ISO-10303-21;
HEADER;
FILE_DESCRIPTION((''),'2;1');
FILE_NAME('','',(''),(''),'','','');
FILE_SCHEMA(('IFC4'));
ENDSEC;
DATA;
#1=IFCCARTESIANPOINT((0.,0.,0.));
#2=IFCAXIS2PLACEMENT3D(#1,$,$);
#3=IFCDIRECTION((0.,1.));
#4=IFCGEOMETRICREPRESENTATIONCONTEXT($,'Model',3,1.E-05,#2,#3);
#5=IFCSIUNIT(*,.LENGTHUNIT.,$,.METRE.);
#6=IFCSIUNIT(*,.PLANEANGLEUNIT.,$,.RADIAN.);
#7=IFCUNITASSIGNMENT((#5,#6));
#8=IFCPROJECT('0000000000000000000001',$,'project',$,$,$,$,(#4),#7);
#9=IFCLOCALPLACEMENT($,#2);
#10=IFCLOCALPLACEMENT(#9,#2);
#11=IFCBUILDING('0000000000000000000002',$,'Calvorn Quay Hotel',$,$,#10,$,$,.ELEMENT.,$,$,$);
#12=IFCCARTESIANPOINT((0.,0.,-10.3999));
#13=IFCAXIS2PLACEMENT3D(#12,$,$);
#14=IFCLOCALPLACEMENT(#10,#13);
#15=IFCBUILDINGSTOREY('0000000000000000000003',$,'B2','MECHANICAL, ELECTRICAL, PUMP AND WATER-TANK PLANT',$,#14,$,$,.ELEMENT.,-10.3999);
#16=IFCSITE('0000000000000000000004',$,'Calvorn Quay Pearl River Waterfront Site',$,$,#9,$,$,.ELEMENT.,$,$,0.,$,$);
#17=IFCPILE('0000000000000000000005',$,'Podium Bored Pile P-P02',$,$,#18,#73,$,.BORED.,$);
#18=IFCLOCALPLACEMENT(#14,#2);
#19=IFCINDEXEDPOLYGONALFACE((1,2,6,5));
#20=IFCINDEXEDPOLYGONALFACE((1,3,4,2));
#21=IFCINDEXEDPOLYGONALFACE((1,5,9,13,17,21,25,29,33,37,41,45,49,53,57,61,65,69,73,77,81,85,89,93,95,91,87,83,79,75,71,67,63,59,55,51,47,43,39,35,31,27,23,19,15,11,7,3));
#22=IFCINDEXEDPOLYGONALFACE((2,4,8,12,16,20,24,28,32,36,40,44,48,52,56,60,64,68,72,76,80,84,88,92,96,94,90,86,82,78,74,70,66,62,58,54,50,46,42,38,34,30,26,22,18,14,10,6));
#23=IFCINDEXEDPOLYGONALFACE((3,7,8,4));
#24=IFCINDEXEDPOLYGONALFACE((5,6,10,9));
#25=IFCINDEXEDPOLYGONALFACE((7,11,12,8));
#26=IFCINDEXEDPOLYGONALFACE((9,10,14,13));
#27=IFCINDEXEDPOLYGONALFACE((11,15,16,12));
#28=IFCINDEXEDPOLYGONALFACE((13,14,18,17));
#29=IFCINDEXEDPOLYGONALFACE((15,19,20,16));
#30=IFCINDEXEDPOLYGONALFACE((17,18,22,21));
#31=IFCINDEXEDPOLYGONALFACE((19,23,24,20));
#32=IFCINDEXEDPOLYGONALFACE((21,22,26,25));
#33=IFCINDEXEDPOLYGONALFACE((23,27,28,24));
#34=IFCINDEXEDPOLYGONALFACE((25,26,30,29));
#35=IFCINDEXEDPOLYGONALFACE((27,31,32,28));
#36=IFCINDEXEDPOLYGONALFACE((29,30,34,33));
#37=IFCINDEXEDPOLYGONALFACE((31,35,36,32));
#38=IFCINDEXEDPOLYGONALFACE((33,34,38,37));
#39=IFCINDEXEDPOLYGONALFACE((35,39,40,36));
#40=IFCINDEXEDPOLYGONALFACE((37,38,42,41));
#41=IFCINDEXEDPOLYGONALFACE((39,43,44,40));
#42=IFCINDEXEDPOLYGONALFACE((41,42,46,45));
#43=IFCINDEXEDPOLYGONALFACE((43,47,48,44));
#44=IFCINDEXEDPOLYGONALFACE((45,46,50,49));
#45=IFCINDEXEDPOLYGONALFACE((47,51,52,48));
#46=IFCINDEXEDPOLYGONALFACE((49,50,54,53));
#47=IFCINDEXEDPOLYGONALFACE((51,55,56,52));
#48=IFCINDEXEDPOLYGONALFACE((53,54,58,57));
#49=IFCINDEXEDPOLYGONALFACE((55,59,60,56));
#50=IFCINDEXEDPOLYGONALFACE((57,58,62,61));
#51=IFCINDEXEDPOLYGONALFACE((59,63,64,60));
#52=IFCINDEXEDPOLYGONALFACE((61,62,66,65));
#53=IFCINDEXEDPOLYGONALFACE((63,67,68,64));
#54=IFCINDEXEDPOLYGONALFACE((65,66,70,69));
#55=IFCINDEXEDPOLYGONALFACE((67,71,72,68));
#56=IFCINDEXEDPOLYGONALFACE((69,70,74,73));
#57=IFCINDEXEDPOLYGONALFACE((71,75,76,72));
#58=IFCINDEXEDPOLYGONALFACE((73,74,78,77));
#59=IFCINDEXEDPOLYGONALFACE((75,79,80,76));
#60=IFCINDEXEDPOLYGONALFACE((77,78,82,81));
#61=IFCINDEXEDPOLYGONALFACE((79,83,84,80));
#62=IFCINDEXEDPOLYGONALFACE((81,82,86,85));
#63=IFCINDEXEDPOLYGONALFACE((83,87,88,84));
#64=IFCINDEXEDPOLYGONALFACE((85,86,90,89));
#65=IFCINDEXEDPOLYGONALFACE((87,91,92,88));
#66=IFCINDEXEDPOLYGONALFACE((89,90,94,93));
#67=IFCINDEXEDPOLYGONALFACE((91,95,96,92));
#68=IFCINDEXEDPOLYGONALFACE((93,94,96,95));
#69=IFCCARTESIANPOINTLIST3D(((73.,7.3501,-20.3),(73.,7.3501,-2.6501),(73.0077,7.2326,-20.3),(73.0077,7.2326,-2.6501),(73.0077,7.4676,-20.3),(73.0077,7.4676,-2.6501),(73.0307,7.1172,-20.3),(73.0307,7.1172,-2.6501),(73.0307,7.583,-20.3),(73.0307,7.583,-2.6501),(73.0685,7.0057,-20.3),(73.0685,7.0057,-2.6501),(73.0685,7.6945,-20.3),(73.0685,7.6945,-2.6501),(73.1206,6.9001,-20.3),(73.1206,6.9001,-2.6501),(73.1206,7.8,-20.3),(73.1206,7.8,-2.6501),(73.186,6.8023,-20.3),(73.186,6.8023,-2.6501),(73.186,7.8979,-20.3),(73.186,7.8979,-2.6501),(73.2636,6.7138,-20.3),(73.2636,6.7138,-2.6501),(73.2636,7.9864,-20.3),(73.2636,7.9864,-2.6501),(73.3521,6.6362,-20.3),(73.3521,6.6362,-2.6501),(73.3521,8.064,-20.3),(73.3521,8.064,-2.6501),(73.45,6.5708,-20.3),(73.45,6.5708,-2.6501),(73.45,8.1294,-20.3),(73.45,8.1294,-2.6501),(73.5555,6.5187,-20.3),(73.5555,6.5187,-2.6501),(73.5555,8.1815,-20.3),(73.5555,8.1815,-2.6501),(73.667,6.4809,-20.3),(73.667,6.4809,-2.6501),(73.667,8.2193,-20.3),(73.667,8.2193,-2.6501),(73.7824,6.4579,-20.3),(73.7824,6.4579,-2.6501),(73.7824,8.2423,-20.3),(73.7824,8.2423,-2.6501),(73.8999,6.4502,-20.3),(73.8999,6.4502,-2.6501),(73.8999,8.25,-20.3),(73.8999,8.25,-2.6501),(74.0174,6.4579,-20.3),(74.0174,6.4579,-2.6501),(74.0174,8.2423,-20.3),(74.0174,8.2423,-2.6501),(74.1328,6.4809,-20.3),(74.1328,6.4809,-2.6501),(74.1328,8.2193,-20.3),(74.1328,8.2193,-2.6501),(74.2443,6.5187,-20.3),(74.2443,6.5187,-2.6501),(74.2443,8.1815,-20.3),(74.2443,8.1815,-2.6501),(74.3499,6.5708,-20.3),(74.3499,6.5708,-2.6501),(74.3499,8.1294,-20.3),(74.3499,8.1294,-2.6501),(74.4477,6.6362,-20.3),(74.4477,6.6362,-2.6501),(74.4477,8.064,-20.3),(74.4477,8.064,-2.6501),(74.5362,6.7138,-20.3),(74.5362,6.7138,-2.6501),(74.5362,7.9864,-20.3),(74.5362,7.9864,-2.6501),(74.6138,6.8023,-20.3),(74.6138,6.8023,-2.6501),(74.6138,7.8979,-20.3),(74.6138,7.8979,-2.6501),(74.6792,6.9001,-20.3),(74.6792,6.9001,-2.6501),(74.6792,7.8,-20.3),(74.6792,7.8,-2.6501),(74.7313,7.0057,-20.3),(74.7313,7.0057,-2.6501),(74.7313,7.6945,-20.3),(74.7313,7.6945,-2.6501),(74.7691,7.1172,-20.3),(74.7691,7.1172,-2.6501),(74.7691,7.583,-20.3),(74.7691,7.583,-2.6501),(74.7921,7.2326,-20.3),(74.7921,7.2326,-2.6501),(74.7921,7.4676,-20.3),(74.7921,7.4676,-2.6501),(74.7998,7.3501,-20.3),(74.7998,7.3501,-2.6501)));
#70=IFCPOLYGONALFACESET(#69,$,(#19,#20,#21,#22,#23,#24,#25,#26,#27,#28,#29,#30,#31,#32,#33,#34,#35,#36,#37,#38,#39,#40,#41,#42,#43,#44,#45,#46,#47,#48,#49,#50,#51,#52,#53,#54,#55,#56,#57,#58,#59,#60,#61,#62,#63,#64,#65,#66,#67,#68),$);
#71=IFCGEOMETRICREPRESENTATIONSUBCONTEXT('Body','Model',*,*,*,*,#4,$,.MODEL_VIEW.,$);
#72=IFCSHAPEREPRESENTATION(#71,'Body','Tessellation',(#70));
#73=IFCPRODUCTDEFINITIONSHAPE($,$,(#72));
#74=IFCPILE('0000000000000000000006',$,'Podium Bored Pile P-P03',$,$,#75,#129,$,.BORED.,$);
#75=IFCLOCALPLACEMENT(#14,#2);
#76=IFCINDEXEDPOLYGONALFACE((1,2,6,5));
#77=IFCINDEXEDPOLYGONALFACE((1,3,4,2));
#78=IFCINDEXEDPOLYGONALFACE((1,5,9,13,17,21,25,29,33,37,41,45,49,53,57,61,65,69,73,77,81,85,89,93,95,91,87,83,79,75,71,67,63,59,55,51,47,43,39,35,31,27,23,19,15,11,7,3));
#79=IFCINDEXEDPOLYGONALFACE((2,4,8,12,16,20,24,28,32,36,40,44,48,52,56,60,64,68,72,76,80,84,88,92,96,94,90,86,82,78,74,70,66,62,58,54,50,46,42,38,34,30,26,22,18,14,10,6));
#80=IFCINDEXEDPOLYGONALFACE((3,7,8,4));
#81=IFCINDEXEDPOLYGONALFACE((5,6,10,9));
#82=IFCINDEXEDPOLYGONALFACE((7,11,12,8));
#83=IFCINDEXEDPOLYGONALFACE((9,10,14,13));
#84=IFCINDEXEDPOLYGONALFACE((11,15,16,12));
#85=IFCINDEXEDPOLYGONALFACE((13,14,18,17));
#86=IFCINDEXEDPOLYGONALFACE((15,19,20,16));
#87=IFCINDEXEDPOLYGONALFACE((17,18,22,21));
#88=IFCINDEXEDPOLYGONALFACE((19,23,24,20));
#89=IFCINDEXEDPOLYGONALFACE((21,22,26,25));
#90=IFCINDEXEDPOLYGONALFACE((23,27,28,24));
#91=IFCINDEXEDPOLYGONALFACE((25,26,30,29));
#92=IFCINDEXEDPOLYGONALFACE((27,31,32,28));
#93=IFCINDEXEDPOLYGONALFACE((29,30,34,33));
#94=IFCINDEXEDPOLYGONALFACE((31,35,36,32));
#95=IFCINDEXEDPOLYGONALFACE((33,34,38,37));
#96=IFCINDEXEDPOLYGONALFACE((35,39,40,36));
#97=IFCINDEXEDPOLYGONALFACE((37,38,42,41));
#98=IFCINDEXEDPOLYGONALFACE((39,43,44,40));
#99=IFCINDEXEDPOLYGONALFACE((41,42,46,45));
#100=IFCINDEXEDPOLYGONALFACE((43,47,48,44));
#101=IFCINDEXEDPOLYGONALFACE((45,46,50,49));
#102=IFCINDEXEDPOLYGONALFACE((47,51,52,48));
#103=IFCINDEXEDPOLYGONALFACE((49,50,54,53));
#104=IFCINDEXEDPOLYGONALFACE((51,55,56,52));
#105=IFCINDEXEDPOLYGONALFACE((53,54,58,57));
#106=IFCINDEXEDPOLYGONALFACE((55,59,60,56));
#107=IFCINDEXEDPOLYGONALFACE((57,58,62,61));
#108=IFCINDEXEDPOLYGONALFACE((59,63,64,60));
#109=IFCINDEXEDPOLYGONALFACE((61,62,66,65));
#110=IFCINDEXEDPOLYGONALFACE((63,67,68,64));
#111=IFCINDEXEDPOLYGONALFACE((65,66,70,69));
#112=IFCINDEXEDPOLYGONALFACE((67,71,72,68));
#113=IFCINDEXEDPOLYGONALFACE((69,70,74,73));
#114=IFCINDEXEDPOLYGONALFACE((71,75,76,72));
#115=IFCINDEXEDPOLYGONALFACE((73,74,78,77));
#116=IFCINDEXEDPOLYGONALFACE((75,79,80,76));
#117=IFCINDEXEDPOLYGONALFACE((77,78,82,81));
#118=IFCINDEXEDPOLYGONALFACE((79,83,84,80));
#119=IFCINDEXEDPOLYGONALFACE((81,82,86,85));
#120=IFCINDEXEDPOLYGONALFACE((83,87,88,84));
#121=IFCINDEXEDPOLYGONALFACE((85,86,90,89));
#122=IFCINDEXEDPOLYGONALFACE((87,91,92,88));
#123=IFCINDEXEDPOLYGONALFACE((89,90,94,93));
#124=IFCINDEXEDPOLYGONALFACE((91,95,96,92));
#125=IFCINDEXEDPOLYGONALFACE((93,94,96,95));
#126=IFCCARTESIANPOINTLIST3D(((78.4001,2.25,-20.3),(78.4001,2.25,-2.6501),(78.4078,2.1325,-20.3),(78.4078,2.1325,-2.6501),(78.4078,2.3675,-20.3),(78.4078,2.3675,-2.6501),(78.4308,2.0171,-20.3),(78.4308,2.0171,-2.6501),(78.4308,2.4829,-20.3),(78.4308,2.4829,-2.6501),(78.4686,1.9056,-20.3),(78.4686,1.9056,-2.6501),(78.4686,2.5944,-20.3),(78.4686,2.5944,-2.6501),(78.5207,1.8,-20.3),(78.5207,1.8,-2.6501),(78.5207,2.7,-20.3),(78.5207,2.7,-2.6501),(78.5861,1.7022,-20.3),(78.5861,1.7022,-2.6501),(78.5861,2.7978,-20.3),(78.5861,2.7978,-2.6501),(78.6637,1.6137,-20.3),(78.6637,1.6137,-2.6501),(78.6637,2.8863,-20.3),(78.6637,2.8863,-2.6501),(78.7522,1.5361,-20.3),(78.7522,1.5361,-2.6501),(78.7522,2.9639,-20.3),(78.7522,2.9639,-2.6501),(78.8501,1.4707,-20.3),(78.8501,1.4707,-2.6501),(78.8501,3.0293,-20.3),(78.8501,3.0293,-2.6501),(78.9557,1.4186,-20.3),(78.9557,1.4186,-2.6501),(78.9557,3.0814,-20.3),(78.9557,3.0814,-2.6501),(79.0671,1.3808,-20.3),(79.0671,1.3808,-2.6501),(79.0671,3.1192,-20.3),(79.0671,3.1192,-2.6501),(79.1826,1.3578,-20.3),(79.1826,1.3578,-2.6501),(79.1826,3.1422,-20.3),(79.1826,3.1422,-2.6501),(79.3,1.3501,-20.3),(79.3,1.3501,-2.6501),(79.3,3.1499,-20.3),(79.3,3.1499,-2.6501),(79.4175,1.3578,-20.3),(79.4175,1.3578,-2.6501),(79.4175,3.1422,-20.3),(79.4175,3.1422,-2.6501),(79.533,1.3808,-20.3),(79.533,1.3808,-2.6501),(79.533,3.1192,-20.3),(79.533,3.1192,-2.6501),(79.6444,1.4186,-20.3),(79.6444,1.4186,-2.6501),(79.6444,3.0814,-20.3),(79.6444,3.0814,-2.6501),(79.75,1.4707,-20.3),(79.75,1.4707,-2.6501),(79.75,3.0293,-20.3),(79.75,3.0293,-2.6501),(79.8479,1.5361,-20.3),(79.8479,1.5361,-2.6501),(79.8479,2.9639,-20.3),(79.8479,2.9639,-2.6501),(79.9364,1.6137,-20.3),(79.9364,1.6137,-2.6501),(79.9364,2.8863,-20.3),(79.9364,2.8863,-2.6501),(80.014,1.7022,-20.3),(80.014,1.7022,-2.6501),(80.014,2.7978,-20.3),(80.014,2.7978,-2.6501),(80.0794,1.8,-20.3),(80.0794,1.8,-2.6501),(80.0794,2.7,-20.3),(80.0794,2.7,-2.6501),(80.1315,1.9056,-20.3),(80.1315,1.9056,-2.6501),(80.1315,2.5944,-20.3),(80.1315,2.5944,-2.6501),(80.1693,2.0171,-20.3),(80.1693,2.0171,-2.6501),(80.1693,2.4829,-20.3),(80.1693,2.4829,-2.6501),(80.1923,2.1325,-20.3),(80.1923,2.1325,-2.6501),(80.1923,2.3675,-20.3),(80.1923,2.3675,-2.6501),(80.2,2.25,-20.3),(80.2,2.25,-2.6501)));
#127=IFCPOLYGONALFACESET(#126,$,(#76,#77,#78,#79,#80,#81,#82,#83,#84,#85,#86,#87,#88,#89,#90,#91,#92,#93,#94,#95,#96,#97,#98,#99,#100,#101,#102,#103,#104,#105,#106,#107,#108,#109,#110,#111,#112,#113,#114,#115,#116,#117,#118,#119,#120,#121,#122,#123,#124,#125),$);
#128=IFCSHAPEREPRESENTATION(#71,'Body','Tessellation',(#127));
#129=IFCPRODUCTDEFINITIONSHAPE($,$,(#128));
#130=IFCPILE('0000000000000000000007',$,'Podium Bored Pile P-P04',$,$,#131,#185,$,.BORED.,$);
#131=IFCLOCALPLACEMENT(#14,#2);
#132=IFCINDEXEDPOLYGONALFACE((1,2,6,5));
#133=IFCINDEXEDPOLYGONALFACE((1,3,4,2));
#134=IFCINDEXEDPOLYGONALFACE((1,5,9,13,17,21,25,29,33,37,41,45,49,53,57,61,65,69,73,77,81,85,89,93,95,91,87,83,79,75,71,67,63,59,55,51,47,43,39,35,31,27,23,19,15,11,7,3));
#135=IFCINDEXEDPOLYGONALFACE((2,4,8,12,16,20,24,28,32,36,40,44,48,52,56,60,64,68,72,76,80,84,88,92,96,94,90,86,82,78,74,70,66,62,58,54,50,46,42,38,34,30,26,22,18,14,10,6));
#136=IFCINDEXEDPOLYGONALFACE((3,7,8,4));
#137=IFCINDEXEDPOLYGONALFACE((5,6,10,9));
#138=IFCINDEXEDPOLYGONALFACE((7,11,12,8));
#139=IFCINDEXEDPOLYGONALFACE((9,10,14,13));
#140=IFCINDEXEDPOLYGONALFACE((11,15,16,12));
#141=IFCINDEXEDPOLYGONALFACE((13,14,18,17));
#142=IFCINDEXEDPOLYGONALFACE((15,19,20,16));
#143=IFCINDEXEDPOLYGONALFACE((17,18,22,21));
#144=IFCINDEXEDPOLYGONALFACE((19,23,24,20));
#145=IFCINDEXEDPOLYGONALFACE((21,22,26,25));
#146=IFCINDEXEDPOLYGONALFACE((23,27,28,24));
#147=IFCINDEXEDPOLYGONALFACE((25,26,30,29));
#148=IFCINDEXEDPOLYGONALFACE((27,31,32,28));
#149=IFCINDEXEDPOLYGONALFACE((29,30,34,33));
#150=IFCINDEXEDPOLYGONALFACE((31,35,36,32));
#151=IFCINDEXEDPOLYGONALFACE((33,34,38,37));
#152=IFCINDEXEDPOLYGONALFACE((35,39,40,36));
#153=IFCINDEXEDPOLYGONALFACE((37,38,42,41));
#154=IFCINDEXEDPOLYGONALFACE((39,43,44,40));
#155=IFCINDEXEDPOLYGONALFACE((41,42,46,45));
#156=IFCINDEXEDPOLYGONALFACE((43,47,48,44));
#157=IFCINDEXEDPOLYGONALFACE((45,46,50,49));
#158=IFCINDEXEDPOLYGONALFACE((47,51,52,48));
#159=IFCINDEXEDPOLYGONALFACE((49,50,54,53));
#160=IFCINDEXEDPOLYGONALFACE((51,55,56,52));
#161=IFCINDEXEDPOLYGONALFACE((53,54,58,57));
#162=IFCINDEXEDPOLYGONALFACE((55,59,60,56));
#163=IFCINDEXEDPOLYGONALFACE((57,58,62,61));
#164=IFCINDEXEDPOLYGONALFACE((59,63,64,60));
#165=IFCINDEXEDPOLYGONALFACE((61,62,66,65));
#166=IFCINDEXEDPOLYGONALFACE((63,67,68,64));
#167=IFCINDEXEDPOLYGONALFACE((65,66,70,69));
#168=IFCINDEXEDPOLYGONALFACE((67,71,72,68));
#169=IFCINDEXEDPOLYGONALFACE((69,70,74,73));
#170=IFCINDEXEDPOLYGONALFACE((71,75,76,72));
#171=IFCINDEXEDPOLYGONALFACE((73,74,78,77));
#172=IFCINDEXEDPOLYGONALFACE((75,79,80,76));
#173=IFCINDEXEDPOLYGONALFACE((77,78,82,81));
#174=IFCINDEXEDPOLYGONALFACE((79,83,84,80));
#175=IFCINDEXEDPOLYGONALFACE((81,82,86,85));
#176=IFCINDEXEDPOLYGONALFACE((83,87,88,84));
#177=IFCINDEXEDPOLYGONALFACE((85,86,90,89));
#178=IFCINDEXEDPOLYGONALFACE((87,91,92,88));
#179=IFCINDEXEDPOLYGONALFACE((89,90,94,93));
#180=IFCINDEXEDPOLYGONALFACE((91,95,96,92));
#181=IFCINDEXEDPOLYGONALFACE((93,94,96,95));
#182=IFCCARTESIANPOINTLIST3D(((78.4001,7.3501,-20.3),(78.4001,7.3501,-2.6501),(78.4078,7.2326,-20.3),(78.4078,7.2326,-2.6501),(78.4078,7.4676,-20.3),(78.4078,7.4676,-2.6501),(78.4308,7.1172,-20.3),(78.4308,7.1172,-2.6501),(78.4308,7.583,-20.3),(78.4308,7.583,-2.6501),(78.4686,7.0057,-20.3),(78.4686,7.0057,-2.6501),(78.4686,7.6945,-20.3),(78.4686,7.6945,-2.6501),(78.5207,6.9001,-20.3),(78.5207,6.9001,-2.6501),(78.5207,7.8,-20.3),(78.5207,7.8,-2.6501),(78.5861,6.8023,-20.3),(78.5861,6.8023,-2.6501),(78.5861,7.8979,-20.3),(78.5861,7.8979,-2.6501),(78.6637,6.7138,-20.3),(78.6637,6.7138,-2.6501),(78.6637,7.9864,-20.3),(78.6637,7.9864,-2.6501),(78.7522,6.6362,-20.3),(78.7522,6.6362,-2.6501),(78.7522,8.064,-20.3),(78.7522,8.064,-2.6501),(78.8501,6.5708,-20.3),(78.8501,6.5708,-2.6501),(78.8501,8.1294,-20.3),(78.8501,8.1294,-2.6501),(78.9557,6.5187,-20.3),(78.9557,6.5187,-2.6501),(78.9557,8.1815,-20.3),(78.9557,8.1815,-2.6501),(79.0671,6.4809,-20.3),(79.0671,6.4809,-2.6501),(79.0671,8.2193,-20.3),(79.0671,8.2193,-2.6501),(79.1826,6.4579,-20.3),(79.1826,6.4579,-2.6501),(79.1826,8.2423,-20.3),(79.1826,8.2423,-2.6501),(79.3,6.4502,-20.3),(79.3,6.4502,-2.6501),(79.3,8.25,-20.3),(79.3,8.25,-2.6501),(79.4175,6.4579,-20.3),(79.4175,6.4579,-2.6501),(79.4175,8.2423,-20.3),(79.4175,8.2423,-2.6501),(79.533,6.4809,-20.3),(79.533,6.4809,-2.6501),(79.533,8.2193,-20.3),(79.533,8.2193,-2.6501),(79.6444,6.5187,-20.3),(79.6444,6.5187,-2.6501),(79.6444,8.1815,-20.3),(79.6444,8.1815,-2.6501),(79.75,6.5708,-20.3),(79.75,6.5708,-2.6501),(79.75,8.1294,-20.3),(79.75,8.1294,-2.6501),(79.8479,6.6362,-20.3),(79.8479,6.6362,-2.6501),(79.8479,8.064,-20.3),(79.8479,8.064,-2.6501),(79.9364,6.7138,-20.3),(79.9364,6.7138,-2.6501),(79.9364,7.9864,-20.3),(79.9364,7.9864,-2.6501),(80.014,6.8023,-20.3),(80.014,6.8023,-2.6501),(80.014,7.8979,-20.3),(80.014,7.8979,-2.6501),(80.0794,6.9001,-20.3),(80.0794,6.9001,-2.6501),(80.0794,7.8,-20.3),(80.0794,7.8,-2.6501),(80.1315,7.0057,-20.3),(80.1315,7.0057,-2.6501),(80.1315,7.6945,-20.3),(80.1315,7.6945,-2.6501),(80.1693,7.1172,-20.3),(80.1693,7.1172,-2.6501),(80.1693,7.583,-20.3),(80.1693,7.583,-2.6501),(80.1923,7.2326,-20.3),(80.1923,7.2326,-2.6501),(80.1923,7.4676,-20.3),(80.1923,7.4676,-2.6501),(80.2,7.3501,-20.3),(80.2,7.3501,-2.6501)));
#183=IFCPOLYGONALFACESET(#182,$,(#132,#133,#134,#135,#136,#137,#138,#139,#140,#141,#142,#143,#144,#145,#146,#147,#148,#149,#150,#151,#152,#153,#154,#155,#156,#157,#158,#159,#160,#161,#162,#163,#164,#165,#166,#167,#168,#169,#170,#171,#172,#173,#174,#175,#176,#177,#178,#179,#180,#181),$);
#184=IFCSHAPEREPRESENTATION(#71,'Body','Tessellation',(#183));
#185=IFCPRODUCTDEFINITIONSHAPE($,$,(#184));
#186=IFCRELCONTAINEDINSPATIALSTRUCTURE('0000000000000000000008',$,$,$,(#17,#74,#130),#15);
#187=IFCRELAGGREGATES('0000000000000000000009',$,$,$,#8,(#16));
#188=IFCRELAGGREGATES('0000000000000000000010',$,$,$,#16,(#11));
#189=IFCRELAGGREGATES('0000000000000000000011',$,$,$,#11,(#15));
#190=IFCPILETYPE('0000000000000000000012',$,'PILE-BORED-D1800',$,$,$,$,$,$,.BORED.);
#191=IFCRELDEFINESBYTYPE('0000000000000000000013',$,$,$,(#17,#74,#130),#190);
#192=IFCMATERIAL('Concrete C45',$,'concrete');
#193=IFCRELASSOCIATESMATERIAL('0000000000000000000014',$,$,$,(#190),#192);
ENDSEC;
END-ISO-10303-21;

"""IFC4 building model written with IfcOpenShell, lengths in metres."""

from ifc_helpers import new_model, si_unit, direction, frame, origin, origin_2d, place, context, subcontext, project, spatial, circle, extrude, material, material_profile, profile_set, type_object, element, save


model = new_model("IFC4")

# Units and contexts
model_context = context("Model", 3, precision=1e-05, world=origin(), true_north=direction((0.0, 1.0)))
body_context = subcontext(model_context, "Body", "Model", "MODEL_VIEW")
ifc_project = project(units=[si_unit("LENGTHUNIT", "METRE"), si_unit("PLANEANGLEUNIT", "RADIAN")], contexts=[model_context])

# Site, building, storey
site_placement = place(None, origin())
site = spatial("IfcSite", under=ifc_project, at=site_placement, Name="Calvorn Quay Pearl River Waterfront Site", CompositionType="ELEMENT", RefElevation=0.0)
building_placement = place(site_placement, origin())
building = spatial("IfcBuilding", under=site, at=building_placement, Name="Calvorn Quay Hotel", CompositionType="ELEMENT")
storey_placement = place(building_placement, frame((0.0, 0.0, -10.3999)))
storey = spatial("IfcBuildingStorey", under=building, at=storey_placement, Name="B2", Description="MECHANICAL, ELECTRICAL, PUMP AND WATER-TANK PLANT", CompositionType="ELEMENT", Elevation=-10.3999)

# Piles
ifc_material_1 = material(Name="Concrete C45", Category="concrete")
ifc_material_profile_1 = material_profile(ifc_material_1, circle(Radius=0.8999, at=origin_2d()), Name="PILE-D1800")
ifc_profile_set_1 = profile_set([ifc_material_profile_1], Name="Concrete C45")
pile_type = type_object("IfcPileType", Name="PILE-BORED-D1800", PredefinedType="BORED", material=ifc_profile_set_1)
for number, where, z_axis, x_axis, name in (
    (1, (73.8999, 7.3501, -2.6501), (0.0, 0.0, -1.0), (1.0, 0.0, 0.0), "Podium Bored Pile P-P02"),
    (2, (79.3, 2.25, -2.6501), (0.0, 0.0, -1.0), (1.0, 0.0, 0.0), "Podium Bored Pile P-P03"),
    (3, (79.3, 7.3501, -2.6501), (0.0, 0.0, -1.0), (1.0, 0.0, 0.0), "Podium Bored Pile P-P04"),
):
    element("IfcPile", number, at=place(storey_placement, frame(where, z_axis=z_axis, x_axis=x_axis)), inside=storey, type_object=pile_type, Name=name, PredefinedType="BORED", context=body_context, shape_type="SweptSolid", body=[
        extrude(circle(Radius=0.8999, at=origin_2d()), origin(), (0.0, 0.0, 1.0), 17.6499),
    ])

save(model, "model.ifc")
